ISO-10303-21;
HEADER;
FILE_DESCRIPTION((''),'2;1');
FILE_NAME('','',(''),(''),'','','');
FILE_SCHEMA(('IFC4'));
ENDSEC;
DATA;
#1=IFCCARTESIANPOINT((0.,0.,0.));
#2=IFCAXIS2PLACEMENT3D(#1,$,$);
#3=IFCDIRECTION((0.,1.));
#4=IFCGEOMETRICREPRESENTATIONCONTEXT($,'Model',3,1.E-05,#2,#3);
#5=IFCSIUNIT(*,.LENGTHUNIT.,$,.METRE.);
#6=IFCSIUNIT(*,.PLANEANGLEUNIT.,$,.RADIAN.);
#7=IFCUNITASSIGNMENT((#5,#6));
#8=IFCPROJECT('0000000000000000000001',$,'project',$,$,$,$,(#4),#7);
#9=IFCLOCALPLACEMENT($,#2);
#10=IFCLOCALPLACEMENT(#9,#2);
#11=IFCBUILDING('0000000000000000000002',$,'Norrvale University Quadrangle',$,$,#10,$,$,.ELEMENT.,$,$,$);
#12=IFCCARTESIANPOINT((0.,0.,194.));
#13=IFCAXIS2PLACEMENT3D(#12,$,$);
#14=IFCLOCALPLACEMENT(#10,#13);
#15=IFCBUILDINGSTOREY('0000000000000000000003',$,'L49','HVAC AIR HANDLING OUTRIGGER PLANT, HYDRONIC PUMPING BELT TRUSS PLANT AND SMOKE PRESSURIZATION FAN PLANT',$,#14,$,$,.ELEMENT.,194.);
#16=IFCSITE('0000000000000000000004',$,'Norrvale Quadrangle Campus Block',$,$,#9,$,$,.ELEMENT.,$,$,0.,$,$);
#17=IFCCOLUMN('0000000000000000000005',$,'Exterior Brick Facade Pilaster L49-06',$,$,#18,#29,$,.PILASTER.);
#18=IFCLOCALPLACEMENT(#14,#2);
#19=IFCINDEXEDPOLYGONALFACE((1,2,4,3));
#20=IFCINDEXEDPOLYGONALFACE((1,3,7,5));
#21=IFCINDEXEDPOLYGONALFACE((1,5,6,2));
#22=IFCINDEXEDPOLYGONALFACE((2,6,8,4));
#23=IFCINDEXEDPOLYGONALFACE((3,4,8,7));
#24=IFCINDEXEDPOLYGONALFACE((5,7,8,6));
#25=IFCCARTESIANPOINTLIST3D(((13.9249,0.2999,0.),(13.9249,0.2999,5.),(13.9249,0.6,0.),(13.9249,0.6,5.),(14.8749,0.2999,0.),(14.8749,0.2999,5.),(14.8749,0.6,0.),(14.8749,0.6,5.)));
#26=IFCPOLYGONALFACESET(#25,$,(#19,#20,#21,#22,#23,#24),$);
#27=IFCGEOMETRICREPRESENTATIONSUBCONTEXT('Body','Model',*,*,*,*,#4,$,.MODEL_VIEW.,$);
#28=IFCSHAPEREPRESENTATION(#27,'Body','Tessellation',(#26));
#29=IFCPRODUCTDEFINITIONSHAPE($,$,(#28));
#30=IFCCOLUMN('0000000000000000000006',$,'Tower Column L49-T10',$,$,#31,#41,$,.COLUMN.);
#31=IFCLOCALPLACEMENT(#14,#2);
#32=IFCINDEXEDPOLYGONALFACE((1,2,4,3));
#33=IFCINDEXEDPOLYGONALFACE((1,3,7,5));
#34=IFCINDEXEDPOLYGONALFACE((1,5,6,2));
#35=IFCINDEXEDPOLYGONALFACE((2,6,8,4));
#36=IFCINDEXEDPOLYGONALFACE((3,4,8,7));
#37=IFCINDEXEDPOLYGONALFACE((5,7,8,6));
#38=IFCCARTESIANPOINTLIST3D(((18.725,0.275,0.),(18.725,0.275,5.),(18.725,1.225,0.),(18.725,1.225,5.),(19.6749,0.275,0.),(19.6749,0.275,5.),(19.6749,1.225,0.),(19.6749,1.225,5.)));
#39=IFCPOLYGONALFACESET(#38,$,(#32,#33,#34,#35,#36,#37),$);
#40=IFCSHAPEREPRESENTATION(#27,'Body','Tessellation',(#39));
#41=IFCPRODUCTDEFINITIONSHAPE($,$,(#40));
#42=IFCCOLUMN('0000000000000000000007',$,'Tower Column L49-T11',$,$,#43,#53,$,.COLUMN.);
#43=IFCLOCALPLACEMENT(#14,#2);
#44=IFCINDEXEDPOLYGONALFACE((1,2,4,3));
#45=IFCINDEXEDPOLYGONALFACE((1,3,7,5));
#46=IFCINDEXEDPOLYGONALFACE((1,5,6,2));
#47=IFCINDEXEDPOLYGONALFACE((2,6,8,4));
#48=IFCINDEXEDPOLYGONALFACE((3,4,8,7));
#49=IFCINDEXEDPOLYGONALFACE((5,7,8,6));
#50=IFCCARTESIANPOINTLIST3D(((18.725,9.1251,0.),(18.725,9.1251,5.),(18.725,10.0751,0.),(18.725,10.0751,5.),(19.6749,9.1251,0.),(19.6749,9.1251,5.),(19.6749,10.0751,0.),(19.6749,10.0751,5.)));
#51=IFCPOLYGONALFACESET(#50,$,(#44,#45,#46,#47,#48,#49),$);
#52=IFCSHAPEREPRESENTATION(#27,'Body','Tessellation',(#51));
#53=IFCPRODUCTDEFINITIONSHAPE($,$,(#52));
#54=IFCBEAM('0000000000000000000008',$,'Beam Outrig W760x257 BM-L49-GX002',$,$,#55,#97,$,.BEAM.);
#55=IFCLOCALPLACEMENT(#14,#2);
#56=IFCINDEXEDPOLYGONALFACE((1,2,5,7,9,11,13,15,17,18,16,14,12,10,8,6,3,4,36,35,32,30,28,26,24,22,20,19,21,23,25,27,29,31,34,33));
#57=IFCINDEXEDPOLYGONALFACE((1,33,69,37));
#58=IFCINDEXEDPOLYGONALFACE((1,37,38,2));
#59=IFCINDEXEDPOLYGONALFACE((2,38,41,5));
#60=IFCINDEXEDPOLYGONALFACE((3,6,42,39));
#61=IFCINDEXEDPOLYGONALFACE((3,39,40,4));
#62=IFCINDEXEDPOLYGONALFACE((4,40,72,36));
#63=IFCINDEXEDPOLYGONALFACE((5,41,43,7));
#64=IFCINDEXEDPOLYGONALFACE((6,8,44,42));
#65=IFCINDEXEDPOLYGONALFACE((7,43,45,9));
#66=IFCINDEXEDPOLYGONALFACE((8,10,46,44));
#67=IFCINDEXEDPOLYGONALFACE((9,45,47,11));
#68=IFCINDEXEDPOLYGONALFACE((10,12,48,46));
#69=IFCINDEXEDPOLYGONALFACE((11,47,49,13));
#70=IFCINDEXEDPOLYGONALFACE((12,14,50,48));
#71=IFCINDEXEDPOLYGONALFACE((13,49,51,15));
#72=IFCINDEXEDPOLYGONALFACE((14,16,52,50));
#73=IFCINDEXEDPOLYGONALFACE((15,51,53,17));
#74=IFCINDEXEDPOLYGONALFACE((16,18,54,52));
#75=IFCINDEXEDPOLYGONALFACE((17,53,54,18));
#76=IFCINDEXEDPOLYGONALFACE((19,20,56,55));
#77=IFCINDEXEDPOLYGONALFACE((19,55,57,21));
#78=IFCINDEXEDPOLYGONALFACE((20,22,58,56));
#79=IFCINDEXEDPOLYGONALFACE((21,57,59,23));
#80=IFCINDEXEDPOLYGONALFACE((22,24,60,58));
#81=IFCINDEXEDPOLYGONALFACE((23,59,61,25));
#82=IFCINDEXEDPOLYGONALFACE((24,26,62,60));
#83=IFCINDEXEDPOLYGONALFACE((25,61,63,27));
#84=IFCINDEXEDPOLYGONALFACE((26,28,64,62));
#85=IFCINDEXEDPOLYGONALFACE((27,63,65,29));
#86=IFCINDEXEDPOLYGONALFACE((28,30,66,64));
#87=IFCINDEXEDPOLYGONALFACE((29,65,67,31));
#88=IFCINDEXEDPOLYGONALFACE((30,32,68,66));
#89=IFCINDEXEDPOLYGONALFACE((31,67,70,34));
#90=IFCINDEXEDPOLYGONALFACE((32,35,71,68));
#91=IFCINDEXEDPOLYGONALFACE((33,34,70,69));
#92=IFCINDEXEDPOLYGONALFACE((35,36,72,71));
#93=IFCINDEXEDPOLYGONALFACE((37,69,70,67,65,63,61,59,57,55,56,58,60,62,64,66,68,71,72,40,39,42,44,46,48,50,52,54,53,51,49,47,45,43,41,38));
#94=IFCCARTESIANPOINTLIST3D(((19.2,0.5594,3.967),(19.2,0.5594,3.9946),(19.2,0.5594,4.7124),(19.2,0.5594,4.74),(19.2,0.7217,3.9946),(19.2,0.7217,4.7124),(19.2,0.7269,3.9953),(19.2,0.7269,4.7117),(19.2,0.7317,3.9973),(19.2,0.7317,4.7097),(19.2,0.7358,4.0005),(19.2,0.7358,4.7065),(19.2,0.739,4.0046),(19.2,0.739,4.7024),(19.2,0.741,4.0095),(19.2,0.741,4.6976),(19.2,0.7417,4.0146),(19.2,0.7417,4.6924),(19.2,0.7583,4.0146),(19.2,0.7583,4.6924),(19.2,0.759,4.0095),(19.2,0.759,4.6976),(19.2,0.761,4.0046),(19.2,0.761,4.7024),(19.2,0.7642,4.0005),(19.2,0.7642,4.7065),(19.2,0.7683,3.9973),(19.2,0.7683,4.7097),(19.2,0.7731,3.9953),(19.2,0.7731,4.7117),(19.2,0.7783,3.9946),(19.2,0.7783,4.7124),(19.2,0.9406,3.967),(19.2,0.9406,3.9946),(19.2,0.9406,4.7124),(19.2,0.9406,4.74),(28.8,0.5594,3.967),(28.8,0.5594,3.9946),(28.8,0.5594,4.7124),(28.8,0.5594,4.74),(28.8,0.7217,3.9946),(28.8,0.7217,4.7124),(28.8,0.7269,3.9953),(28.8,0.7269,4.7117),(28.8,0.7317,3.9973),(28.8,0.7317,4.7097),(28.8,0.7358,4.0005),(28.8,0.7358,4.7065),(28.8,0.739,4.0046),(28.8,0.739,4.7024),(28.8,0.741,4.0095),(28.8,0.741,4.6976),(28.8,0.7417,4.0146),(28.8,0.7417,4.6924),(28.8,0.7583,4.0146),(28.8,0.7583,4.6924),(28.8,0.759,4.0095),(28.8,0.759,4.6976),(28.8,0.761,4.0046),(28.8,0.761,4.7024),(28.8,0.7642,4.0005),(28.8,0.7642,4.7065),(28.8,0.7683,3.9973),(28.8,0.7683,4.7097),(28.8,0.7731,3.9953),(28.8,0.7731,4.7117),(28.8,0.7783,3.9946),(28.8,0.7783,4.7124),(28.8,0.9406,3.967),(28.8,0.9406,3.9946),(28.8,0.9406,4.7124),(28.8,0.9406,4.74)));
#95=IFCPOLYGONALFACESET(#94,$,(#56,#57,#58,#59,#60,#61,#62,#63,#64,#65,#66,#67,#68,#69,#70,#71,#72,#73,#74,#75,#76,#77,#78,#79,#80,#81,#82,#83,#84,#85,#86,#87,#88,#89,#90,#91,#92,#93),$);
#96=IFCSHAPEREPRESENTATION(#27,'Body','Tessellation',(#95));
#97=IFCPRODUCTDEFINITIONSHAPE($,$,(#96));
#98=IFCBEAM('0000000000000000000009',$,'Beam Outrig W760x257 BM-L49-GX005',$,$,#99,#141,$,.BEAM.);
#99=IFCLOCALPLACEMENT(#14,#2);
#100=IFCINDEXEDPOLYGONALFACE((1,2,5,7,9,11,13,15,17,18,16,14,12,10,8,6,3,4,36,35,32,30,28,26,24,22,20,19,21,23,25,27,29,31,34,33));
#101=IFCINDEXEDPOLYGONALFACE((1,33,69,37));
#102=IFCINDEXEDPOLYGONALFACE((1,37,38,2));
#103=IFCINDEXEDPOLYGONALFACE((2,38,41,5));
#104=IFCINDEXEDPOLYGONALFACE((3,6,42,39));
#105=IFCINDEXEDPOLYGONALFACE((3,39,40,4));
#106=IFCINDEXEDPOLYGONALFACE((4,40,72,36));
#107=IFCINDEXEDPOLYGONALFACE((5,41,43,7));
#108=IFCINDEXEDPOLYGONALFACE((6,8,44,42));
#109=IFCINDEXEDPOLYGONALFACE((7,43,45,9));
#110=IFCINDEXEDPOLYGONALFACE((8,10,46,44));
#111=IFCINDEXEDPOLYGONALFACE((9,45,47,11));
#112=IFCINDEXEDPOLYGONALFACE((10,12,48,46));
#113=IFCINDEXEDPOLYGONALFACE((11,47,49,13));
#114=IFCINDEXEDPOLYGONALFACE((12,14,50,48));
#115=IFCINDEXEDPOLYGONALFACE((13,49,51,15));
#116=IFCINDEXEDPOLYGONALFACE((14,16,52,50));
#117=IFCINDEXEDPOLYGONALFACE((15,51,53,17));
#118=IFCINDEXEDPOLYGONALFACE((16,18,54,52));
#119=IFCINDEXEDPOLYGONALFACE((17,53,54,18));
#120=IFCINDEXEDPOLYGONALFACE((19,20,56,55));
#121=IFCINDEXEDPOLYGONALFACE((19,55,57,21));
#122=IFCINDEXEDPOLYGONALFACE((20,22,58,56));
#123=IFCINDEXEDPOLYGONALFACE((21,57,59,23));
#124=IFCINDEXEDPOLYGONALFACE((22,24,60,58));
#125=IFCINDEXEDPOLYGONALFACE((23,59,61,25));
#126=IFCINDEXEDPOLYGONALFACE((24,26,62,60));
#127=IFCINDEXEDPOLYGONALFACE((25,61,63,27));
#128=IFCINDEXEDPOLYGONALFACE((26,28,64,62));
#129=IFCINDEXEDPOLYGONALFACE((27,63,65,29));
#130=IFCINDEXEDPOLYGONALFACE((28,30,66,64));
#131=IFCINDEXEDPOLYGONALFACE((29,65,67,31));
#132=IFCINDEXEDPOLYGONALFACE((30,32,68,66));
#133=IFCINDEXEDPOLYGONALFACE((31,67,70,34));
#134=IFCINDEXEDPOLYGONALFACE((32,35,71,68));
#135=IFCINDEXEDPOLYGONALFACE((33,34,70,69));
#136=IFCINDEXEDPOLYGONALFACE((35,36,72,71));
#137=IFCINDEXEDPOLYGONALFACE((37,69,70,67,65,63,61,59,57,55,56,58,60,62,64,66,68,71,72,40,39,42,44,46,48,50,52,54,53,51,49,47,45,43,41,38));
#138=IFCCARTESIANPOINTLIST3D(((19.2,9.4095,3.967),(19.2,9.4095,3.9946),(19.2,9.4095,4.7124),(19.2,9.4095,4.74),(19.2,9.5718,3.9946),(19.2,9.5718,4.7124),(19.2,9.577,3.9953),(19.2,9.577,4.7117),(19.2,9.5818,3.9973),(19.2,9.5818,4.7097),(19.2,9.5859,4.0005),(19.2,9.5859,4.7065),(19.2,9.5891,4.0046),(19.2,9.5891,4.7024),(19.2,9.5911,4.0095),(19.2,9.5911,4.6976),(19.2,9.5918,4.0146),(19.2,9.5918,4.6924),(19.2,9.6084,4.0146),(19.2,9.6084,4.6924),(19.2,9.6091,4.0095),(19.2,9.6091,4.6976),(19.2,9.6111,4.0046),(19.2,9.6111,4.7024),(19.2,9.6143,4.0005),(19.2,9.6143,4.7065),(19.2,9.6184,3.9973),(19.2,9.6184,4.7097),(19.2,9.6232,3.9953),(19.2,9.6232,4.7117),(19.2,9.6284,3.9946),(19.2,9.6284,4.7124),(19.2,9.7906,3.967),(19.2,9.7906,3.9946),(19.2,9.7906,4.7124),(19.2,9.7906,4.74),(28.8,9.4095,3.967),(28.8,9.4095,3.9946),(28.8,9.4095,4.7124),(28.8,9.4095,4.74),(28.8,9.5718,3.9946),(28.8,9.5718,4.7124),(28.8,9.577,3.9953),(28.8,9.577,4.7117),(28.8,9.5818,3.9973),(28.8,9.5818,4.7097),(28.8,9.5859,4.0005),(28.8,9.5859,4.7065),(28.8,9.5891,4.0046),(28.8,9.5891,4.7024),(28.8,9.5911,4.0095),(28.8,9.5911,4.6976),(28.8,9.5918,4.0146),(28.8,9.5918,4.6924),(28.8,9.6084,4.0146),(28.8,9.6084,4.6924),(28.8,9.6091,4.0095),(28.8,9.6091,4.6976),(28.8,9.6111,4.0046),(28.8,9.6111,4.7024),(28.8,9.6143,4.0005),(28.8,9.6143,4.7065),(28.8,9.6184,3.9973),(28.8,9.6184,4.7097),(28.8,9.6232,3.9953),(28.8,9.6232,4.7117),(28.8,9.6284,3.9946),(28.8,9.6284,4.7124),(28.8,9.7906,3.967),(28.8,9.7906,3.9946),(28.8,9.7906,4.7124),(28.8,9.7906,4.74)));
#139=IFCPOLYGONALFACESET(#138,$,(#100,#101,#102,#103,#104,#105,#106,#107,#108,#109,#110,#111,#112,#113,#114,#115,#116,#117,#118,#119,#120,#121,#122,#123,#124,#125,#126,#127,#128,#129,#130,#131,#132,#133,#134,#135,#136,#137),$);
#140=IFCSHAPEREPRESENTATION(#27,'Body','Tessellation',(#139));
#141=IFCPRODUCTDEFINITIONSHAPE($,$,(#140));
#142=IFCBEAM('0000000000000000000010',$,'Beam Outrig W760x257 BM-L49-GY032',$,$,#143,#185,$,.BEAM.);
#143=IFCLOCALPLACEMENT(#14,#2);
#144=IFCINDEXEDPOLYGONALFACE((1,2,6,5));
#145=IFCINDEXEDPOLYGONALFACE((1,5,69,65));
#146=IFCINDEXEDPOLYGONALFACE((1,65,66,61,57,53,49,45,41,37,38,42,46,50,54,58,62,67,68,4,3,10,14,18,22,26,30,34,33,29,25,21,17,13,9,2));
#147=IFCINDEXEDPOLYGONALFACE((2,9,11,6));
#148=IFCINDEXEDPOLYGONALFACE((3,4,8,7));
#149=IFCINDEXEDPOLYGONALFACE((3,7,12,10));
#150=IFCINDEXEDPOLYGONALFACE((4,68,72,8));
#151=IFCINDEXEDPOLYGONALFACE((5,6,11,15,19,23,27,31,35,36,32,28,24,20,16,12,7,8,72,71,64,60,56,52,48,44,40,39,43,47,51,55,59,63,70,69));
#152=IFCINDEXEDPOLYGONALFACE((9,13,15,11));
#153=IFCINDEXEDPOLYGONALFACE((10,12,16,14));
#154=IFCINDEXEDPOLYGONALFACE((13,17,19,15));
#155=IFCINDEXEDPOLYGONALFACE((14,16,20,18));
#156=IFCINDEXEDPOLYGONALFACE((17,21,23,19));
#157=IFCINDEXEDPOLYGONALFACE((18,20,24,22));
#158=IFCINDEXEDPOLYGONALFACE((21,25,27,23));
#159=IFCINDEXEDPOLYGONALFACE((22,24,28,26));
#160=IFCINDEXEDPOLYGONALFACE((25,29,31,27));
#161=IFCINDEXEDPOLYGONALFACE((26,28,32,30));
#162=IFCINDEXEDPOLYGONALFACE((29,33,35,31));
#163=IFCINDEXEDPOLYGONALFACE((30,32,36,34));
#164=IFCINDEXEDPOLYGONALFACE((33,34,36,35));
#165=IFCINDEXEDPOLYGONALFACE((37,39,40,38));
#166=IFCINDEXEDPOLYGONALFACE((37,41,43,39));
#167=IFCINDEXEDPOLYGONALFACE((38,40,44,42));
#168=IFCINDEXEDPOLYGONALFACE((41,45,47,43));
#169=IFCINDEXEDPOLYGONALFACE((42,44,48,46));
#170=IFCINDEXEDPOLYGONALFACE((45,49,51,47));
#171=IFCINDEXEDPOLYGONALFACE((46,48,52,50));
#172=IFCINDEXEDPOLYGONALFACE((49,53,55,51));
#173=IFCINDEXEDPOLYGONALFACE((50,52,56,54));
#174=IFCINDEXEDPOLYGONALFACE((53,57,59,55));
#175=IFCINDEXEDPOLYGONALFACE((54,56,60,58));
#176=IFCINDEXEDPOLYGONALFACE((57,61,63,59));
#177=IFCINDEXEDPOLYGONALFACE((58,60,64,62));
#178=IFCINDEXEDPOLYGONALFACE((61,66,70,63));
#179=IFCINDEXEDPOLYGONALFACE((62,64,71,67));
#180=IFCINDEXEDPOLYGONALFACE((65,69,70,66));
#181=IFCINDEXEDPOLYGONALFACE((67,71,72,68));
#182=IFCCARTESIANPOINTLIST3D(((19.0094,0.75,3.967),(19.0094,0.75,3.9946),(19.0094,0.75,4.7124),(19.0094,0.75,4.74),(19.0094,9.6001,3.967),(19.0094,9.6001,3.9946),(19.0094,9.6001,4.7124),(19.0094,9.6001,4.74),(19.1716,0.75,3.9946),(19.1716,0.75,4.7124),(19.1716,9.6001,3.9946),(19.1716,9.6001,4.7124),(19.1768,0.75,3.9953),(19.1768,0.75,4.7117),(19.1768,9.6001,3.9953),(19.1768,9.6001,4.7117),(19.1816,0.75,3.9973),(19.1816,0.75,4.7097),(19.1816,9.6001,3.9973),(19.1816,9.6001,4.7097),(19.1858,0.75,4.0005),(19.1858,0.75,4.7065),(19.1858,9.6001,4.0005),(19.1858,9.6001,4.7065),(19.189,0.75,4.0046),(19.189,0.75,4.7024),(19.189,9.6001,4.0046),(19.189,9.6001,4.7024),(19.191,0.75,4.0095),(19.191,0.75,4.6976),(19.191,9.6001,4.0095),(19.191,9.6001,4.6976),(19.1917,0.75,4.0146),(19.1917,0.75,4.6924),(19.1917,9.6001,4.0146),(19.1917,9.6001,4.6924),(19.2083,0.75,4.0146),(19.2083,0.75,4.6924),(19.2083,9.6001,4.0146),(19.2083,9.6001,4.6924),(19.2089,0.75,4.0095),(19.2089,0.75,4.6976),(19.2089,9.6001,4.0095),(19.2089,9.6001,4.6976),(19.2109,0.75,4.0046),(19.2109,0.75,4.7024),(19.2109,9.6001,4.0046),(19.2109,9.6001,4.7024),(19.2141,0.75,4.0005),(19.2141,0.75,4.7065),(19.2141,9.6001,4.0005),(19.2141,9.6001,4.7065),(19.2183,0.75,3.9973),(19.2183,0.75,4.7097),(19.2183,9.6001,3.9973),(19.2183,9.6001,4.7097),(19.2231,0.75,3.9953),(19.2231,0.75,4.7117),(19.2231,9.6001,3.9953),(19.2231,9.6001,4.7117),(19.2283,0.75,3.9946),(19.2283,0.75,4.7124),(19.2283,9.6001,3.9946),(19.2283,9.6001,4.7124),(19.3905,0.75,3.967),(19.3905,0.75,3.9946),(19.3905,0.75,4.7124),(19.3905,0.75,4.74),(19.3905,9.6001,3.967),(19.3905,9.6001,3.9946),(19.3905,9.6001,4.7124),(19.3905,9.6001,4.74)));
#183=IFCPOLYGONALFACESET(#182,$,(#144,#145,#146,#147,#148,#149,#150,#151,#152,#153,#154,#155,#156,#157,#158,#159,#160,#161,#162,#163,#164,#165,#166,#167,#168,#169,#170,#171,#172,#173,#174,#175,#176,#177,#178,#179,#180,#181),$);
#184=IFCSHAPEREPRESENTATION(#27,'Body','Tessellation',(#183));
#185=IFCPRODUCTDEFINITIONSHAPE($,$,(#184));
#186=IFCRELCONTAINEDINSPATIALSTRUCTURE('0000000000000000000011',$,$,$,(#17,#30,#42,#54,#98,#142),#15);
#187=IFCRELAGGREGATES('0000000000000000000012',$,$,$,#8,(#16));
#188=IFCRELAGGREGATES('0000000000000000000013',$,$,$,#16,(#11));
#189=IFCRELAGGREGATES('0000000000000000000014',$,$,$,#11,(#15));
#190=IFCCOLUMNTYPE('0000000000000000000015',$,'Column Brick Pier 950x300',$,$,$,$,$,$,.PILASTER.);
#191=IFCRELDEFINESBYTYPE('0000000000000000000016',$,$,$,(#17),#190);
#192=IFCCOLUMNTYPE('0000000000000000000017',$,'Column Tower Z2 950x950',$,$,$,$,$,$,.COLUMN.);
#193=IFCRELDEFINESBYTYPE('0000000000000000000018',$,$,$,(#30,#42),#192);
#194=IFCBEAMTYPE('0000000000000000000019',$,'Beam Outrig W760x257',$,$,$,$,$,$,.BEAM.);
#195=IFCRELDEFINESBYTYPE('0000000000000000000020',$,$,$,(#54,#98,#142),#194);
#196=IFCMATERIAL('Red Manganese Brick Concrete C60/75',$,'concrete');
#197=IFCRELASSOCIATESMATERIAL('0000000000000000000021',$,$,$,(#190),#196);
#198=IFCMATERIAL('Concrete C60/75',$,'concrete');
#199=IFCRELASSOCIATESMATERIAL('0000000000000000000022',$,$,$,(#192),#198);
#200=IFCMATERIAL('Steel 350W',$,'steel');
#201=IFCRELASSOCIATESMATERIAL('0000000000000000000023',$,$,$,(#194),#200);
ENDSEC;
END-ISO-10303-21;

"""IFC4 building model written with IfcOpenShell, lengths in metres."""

from ifc_helpers import new_model, si_unit, direction, frame, origin, origin_2d, place, context, subcontext, project, spatial, rectangle, i_section, extrude, material, material_profile, profile_set, type_object, element, save


model = new_model("IFC4")

# Units and contexts
model_context = context("Model", 3, precision=1e-05, world=origin(), true_north=direction((0.0, 1.0)))
body_context = subcontext(model_context, "Body", "Model", "MODEL_VIEW")
ifc_project = project(units=[si_unit("LENGTHUNIT", "METRE"), si_unit("PLANEANGLEUNIT", "RADIAN")], contexts=[model_context])

# Site, building, storey
site_placement = place(None, origin())
site = spatial("IfcSite", under=ifc_project, at=site_placement, Name="Norrvale Quadrangle Campus Block", CompositionType="ELEMENT", RefElevation=0.0)
building_placement = place(site_placement, origin())
building = spatial("IfcBuilding", under=site, at=building_placement, Name="Norrvale University Quadrangle", CompositionType="ELEMENT")
storey_placement = place(building_placement, frame((0.0, 0.0, 194.0)))
storey = spatial("IfcBuildingStorey", under=building, at=storey_placement, Name="L49", Description="HVAC AIR HANDLING OUTRIGGER PLANT, HYDRONIC PUMPING BELT TRUSS PLANT AND SMOKE PRESSURIZATION FAN PLANT", CompositionType="ELEMENT", Elevation=194.0)

# Columns
ifc_material_1 = material(Name="Red Manganese Brick Concrete C60/75", Category="concrete")
ifc_material_profile_1 = material_profile(ifc_material_1, rectangle(XDim=0.95, YDim=0.3, at=origin_2d()), Name="Red Manganese Brick Concrete C60/75")
ifc_profile_set_1 = profile_set([ifc_material_profile_1], Name="Red Manganese Brick Concrete C60/75")
column_type_1 = type_object("IfcColumnType", Name="Column Brick Pier 950x300", PredefinedType="PILASTER", material=ifc_profile_set_1)
column_placement = place(storey_placement, frame((14.3999, 0.45, 0.0), z_axis=(0.0, 0.0, 1.0), x_axis=(1.0, 0.0, 0.0)))
element("IfcColumn", 1, at=column_placement, inside=storey, type_object=column_type_1, Name="Exterior Brick Facade Pilaster L49-06", PredefinedType="PILASTER", context=body_context, shape_type="SweptSolid", body=[
    extrude(rectangle(XDim=0.95, YDim=0.3, at=origin_2d()), origin(), (0.0, 0.0, 1.0), 5.0),
])
ifc_material_2 = material(Name="Concrete C60/75", Category="concrete")
ifc_material_profile_2 = material_profile(ifc_material_2, rectangle(XDim=0.95, YDim=0.95, at=origin_2d()), Name="Concrete C60/75")
ifc_profile_set_2 = profile_set([ifc_material_profile_2], Name="Concrete C60/75")
column_type_2 = type_object("IfcColumnType", Name="Column Tower Z2 950x950", PredefinedType="COLUMN", material=ifc_profile_set_2)
for number, where, z_axis, x_axis, name in (
    (2, (19.2, 0.75, 0.0), (0.0, 0.0, 1.0), (1.0, 0.0, 0.0), "Tower Column L49-T10"),
    (3, (19.2, 9.6001, 0.0), (0.0, 0.0, 1.0), (1.0, 0.0, 0.0), "Tower Column L49-T11"),
):
    element("IfcColumn", number, at=place(storey_placement, frame(where, z_axis=z_axis, x_axis=x_axis)), inside=storey, type_object=column_type_2, Name=name, PredefinedType="COLUMN", context=body_context, shape_type="SweptSolid", body=[
        extrude(rectangle(XDim=0.95, YDim=0.95, at=origin_2d()), origin(), (0.0, 0.0, 1.0), 5.0),
    ])

# Beams
ifc_material_3 = material(Name="Steel 350W", Category="steel")
ifc_material_profile_3 = material_profile(ifc_material_3, i_section(OverallWidth=0.3811, OverallDepth=0.7729, WebThickness=0.0166, FlangeThickness=0.0276, FilletRadius=0.02, at=origin_2d()), Name="Steel 350W")
ifc_profile_set_3 = profile_set([ifc_material_profile_3], Name="Steel 350W")
beam_type_1 = type_object("IfcBeamType", Name="Beam Outrig W760x257", PredefinedType="BEAM", material=ifc_profile_set_3)
for number, where, z_axis, x_axis, name in (
    (4, (19.2, 0.75, 4.3535), (1.0, 0.0, 0.0), (0.0, 1.0, 0.0), "Beam Outrig W760x257 BM-L49-GX002"),
    (5, (19.2, 9.6001, 4.3535), (1.0, 0.0, 0.0), (0.0, 1.0, 0.0), "Beam Outrig W760x257 BM-L49-GX005"),
):
    element("IfcBeam", number, at=place(storey_placement, frame(where, z_axis=z_axis, x_axis=x_axis)), inside=storey, type_object=beam_type_1, Name=name, PredefinedType="BEAM", context=body_context, shape_type="SweptSolid", body=[
        extrude(i_section(OverallWidth=0.3811, OverallDepth=0.7729, WebThickness=0.0166, FlangeThickness=0.0276, FilletRadius=0.02, at=origin_2d()), origin(), (0.0, 0.0, 1.0), 9.6001),
    ])
beam_1_placement = place(storey_placement, frame((19.2, 0.75, 4.3535), z_axis=(0.0, 1.0, 0.0), x_axis=(-1.0, 0.0, 0.0)))
element("IfcBeam", 6, at=beam_1_placement, inside=storey, type_object=beam_type_1, Name="Beam Outrig W760x257 BM-L49-GY032", PredefinedType="BEAM", context=body_context, shape_type="SweptSolid", body=[
    extrude(i_section(OverallWidth=0.3811, OverallDepth=0.7729, WebThickness=0.0166, FlangeThickness=0.0276, FilletRadius=0.02, at=origin_2d()), origin(), (0.0, 0.0, 1.0), 8.8501),
])

save(model, "model.ifc")
